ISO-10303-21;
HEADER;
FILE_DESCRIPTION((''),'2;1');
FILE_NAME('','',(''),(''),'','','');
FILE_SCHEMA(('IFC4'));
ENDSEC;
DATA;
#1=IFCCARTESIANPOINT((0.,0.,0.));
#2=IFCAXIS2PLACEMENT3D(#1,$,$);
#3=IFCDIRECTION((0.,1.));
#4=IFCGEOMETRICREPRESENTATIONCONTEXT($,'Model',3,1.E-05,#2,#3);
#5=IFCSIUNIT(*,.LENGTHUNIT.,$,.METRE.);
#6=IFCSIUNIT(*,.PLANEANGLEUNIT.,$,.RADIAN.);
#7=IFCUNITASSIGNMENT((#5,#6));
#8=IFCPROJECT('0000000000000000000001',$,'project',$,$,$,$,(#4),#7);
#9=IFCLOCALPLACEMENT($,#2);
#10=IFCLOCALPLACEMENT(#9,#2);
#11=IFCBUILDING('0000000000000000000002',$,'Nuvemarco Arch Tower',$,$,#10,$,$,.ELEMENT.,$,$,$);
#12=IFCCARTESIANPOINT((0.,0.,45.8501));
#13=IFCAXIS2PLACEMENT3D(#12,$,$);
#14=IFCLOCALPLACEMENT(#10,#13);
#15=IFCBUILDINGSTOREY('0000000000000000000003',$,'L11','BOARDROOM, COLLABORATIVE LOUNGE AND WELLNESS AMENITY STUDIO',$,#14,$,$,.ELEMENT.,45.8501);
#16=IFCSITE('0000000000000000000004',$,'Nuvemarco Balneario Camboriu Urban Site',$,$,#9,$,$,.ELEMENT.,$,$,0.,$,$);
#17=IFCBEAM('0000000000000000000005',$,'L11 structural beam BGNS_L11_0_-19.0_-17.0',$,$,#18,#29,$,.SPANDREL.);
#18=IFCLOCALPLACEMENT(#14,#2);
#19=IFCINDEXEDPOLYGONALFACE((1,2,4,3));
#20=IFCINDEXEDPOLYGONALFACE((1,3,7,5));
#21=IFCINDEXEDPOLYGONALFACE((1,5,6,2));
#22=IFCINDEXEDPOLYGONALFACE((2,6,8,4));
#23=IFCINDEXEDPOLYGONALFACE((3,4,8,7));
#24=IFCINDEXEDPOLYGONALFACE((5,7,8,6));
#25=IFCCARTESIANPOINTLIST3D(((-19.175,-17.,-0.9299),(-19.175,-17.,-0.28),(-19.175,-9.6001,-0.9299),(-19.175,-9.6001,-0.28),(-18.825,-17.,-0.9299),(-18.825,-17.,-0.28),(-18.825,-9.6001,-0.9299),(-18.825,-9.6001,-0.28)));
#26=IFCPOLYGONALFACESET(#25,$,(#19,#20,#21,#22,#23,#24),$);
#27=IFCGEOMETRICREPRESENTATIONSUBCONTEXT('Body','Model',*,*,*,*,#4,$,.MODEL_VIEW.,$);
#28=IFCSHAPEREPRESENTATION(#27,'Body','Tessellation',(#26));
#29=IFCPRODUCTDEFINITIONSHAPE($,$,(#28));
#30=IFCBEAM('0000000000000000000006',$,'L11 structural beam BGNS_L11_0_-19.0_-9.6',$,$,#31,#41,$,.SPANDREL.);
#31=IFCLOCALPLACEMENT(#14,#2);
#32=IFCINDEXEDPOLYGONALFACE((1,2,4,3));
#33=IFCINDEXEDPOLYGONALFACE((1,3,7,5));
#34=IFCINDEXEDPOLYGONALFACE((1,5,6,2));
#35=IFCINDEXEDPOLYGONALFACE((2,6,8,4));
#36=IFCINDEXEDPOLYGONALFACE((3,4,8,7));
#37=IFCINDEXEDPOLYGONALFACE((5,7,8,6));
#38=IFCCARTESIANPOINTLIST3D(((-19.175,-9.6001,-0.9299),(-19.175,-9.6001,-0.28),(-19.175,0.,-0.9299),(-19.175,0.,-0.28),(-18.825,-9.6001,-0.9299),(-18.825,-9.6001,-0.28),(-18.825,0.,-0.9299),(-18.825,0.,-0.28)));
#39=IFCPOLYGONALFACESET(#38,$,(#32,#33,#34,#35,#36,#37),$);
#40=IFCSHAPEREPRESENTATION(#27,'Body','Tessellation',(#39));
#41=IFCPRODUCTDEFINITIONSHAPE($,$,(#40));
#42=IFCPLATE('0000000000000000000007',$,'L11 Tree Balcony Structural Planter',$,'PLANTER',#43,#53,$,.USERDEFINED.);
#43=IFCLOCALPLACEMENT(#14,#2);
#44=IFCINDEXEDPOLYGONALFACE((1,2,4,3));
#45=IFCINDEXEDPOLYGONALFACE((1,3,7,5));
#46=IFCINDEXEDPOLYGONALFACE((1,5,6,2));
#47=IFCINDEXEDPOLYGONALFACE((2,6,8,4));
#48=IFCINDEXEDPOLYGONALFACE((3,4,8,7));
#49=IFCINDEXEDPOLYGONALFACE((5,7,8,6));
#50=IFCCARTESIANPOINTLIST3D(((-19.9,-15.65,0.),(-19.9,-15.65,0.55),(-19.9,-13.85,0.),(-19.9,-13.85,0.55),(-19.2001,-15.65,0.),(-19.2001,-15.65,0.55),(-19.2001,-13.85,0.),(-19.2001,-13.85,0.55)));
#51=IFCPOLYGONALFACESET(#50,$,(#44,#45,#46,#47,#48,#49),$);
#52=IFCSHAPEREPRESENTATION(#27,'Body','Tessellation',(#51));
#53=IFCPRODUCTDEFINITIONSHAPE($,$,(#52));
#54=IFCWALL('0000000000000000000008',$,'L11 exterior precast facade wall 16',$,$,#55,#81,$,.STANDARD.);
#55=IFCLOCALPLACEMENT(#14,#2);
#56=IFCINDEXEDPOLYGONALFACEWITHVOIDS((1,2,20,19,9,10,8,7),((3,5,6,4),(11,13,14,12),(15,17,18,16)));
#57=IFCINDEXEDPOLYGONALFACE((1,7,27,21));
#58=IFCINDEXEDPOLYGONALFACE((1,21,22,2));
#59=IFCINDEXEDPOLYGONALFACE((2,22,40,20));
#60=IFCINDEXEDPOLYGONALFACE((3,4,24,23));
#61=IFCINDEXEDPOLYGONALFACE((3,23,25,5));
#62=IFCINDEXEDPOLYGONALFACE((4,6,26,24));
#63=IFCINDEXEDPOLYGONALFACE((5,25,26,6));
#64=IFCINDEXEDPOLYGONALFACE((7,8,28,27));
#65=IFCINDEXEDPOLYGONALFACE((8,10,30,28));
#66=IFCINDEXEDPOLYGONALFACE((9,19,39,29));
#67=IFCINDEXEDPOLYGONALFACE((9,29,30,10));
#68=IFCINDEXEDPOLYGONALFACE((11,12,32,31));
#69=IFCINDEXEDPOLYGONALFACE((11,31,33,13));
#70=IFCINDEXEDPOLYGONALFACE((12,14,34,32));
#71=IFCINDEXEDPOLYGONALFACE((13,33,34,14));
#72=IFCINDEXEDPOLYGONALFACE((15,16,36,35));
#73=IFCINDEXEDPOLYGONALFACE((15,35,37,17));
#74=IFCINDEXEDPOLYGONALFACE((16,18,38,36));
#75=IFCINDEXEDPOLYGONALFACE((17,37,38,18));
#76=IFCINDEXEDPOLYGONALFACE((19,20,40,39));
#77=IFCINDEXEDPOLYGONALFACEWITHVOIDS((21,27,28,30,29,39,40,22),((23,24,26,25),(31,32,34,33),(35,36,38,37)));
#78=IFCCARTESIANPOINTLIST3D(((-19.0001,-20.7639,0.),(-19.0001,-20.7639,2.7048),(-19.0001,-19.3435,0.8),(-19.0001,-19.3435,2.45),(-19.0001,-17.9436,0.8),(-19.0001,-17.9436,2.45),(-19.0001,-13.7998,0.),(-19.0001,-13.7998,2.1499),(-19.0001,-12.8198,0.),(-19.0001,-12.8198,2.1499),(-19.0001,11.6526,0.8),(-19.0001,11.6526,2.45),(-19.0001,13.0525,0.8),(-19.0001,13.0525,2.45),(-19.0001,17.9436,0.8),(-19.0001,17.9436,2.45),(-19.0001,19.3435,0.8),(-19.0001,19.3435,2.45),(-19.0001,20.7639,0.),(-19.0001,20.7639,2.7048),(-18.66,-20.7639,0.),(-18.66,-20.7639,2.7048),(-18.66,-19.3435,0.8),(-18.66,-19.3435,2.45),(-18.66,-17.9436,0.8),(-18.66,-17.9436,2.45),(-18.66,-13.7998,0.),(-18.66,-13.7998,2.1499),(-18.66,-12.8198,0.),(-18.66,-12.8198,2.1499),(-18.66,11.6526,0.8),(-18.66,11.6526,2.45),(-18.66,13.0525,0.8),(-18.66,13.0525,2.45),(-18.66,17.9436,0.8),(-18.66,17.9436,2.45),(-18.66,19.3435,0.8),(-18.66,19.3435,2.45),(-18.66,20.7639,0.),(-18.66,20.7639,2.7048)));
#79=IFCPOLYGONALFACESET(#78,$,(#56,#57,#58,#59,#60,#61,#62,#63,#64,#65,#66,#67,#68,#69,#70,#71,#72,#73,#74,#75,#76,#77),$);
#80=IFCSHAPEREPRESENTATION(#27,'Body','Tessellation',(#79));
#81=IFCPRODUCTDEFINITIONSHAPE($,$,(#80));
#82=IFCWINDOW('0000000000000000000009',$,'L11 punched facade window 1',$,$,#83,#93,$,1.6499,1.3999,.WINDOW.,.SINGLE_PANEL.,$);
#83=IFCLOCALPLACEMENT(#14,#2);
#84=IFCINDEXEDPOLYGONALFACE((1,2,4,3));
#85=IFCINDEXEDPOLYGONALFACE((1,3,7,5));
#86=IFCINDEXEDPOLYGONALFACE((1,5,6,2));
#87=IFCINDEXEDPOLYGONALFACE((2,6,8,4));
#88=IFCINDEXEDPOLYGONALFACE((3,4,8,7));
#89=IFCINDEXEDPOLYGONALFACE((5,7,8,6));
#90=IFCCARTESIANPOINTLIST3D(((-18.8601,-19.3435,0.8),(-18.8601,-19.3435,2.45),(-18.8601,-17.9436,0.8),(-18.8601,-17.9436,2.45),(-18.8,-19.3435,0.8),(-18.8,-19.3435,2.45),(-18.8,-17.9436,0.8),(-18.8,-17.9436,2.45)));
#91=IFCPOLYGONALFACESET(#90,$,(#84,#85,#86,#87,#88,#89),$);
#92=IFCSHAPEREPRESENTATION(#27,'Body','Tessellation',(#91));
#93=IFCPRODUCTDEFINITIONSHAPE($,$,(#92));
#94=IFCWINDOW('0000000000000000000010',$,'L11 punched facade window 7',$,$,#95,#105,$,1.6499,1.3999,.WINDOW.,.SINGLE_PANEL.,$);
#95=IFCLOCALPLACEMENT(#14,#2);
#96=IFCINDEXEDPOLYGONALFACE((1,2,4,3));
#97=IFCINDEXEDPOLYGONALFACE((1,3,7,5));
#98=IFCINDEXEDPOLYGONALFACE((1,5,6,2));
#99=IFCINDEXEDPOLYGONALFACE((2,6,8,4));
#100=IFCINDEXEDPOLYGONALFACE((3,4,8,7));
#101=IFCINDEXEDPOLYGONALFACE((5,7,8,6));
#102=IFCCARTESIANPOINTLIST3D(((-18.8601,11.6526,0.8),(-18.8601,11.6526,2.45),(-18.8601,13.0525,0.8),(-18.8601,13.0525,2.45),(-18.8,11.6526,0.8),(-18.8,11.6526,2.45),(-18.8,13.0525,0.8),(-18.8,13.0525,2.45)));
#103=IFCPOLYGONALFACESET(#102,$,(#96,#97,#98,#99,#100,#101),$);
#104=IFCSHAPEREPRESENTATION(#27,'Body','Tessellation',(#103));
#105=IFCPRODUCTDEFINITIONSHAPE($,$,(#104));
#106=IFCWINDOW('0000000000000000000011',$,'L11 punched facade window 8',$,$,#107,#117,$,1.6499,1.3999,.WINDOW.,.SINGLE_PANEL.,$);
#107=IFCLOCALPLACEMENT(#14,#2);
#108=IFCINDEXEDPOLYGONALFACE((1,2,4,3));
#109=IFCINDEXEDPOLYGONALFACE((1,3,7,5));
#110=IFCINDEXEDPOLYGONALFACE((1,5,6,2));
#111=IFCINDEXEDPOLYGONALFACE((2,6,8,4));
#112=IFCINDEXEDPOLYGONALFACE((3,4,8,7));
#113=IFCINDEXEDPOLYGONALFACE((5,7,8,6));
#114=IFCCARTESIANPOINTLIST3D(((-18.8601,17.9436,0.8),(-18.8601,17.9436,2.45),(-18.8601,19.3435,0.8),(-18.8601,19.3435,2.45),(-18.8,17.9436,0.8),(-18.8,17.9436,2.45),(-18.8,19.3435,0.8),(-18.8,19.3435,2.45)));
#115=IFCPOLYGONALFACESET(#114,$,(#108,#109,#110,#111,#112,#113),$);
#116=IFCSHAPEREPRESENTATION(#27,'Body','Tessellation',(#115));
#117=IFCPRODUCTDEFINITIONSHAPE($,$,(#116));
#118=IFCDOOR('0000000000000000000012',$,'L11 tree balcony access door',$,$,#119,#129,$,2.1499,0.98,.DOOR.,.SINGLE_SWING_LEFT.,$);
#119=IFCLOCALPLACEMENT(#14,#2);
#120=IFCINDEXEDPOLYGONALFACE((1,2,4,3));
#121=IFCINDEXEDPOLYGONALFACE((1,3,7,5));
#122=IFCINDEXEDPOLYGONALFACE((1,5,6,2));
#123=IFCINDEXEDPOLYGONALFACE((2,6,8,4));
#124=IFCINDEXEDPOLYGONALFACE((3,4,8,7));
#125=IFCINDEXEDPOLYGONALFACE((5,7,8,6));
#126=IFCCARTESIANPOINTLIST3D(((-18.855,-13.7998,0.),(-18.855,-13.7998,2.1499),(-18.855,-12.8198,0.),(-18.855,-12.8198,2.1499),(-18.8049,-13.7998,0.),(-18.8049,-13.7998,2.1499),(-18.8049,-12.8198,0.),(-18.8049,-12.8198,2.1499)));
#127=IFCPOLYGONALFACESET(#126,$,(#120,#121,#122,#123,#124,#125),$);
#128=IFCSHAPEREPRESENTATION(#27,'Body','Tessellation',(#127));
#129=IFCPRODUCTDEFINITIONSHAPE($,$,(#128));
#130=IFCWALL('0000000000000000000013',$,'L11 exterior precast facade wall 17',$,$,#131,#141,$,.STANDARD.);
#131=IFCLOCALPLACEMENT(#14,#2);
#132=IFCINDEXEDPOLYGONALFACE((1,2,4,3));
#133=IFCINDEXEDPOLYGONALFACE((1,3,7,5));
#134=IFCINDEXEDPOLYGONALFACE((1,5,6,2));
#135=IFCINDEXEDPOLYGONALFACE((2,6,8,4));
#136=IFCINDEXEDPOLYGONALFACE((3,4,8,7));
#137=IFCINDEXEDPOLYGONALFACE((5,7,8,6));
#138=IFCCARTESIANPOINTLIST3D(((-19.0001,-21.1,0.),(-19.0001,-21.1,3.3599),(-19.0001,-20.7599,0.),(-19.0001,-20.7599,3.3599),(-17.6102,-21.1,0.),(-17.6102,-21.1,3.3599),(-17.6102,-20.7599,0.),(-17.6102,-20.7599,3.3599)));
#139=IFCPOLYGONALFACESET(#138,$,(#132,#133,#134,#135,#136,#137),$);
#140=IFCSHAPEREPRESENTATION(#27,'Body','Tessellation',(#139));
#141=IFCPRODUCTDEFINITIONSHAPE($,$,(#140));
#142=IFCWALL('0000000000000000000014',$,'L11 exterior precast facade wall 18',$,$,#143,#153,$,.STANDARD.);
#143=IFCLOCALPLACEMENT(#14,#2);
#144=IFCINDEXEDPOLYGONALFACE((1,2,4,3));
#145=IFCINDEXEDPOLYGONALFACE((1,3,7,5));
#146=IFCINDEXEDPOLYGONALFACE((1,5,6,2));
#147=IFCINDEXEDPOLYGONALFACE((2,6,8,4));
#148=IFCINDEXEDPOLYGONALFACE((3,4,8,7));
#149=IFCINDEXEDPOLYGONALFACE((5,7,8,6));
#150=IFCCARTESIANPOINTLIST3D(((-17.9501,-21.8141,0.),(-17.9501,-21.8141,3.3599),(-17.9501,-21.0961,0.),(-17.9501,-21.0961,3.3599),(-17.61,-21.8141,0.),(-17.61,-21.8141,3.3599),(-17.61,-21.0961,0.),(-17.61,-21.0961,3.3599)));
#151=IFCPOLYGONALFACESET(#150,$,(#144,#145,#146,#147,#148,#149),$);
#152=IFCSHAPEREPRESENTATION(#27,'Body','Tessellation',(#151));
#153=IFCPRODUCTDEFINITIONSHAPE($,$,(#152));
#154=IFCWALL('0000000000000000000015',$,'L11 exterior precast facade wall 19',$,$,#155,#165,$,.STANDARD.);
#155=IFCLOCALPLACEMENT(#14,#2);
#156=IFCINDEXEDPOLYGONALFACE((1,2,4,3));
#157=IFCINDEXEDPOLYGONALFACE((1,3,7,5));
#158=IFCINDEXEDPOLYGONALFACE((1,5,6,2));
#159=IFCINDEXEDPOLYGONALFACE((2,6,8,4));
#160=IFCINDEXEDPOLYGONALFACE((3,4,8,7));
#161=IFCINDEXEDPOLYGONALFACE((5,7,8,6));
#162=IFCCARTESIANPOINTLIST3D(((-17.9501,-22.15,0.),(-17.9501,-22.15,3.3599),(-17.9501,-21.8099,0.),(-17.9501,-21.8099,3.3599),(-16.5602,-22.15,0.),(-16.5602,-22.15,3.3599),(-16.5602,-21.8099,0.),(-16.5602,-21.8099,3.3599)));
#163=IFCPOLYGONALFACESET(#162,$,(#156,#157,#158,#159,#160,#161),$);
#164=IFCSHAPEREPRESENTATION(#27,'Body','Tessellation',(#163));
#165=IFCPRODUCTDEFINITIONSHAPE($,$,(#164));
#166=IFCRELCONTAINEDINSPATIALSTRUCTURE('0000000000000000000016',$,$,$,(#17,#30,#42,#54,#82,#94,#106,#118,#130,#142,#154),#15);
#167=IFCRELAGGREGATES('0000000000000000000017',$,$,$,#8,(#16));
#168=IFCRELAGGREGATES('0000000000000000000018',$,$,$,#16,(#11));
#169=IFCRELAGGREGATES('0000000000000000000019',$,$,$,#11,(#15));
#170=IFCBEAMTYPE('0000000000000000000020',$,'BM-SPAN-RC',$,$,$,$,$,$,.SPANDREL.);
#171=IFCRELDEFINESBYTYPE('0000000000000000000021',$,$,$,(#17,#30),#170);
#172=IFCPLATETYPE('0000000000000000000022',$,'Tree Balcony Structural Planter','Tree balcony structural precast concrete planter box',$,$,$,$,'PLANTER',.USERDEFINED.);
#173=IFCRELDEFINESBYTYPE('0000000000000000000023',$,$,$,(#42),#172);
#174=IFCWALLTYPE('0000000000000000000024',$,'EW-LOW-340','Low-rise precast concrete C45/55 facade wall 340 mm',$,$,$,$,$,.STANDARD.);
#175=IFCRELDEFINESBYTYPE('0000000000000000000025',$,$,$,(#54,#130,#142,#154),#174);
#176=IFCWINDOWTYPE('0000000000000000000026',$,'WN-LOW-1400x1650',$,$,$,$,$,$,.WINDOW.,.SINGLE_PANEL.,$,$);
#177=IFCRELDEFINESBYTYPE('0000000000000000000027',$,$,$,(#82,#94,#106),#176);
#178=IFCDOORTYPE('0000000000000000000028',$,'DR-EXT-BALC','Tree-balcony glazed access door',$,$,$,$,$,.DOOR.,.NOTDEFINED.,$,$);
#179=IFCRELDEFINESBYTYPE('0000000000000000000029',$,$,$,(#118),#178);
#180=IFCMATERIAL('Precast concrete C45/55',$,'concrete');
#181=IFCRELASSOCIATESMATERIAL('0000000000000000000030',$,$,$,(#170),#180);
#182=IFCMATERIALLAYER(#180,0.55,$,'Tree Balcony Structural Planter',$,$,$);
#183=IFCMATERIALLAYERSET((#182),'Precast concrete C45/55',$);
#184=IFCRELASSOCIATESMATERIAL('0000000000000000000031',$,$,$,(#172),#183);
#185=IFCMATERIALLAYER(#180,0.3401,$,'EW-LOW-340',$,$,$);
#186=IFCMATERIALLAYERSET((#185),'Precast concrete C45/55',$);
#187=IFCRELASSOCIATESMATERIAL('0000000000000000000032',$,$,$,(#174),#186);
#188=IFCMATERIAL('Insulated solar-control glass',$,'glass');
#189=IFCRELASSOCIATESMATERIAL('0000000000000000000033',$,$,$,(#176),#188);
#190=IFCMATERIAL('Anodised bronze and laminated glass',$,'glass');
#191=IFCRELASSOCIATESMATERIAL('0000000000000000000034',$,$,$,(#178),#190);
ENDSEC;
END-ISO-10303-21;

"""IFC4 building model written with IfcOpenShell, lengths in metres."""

from ifc_helpers import new_model, si_unit, direction, frame, frame_2d, origin, origin_2d, place, context, subcontext, project, spatial, rectangle, extrude, source, transform, mapped, material, layer, layer_set, material_profile, profile_set, type_object, type_shapes, element, fill, save


model = new_model("IFC4")

# Units and contexts
model_context = context("Model", 3, precision=1e-05, world=origin(), true_north=direction((0.0, 1.0)))
body_context = subcontext(model_context, "Body", "Model", "MODEL_VIEW")
ifc_project = project(units=[si_unit("LENGTHUNIT", "METRE"), si_unit("PLANEANGLEUNIT", "RADIAN")], contexts=[model_context])

# Site, building, storey
site_placement = place(None, origin())
site = spatial("IfcSite", under=ifc_project, at=site_placement, Name="Nuvemarco Balneario Camboriu Urban Site", CompositionType="ELEMENT", RefElevation=0.0)
building_placement = place(site_placement, origin())
building = spatial("IfcBuilding", under=site, at=building_placement, Name="Nuvemarco Arch Tower", CompositionType="ELEMENT")
storey_placement = place(building_placement, frame((0.0, 0.0, 45.8501)))
storey = spatial("IfcBuildingStorey", under=building, at=storey_placement, Name="L11", Description="BOARDROOM, COLLABORATIVE LOUNGE AND WELLNESS AMENITY STUDIO", CompositionType="ELEMENT", Elevation=45.8501)

# Beams
ifc_material_1 = material(Name="Precast concrete C45/55", Category="concrete")
ifc_material_profile_1 = material_profile(ifc_material_1, rectangle(XDim=0.3501, YDim=0.6499, at=origin_2d()), Name="PC-SP-350x650")
ifc_profile_set_1 = profile_set([ifc_material_profile_1], Name="Precast concrete C45/55")
beam_type_1 = type_object("IfcBeamType", Name="BM-SPAN-RC", PredefinedType="SPANDREL", material=ifc_profile_set_1)
beam_1_placement = place(storey_placement, frame((-19.0, -17.0, -0.605), z_axis=(0.0, 1.0, 0.0), x_axis=(-1.0, 0.0, 0.0)))
element("IfcBeam", 1, at=beam_1_placement, inside=storey, type_object=beam_type_1, Name="L11 structural beam BGNS_L11_0_-19.0_-17.0", PredefinedType="SPANDREL", context=body_context, shape_type="SweptSolid", body=[
    extrude(rectangle(XDim=0.3501, YDim=0.6499, at=origin_2d()), origin(), (0.0, 0.0, 1.0), 7.3999),
])
beam_2_placement = place(storey_placement, frame((-19.0, -9.6001, -0.605), z_axis=(0.0, 1.0, 0.0), x_axis=(-1.0, 0.0, 0.0)))
element("IfcBeam", 2, at=beam_2_placement, inside=storey, type_object=beam_type_1, Name="L11 structural beam BGNS_L11_0_-19.0_-9.6", PredefinedType="SPANDREL", context=body_context, shape_type="SweptSolid", body=[
    extrude(rectangle(XDim=0.3501, YDim=0.6499, at=origin_2d()), origin(), (0.0, 0.0, 1.0), 9.6001),
])

# Plate
ifc_layer_1 = layer(ifc_material_1, 0.55, Name="Tree Balcony Structural Planter")
ifc_layer_set_1 = layer_set([ifc_layer_1], Name="Precast concrete C45/55")
plate_type = type_object("IfcPlateType", Name="Tree Balcony Structural Planter", Description="Tree balcony structural precast concrete planter box", ElementType="PLANTER", PredefinedType="USERDEFINED", material=ifc_layer_set_1)
shared_shape_1 = source(origin(), body_context, "Body", "SweptSolid", [
    extrude(rectangle(XDim=1.8, YDim=0.7, at=origin_2d()), origin(), (0.0, 0.0, 1.0), 0.55),
])
type_shapes(plate_type, [shared_shape_1])
plate_placement = place(storey_placement, frame((-19.55, -14.75, 0.0), z_axis=(0.0, 0.0, 1.0), x_axis=(0.0, 1.0, 0.0)))
element("IfcPlate", 3, at=plate_placement, inside=storey, type_object=plate_type, Name="L11 Tree Balcony Structural Planter", ObjectType="PLANTER", PredefinedType="USERDEFINED", context=body_context, shape_type="MappedRepresentation", body=[
    mapped(shared_shape_1, transform((0.0, 0.0, 0.0), scale=1.0)),
])

# Wall, openings, windows, door
ifc_layer_2 = layer(ifc_material_1, 0.3401, Name="EW-LOW-340")
ifc_layer_set_2 = layer_set([ifc_layer_2], Name="Precast concrete C45/55")
wall_type = type_object("IfcWallType", Name="EW-LOW-340", Description="Low-rise precast concrete C45/55 facade wall 340 mm", PredefinedType="STANDARD", material=ifc_layer_set_2)
wall_1_placement = place(storey_placement, frame((-18.8301, -20.7639, 0.0), z_axis=(0.0, 0.0, 1.0), x_axis=(0.0, 1.0, 0.0)))
wall_1 = element("IfcWall", 4, at=wall_1_placement, inside=storey, type_object=wall_type, Name="L11 exterior precast facade wall 16", PredefinedType="STANDARD", context=body_context, shape_type="SweptSolid", body=[
    extrude(rectangle(XDim=41.5278, YDim=0.3401, at=frame_2d((20.7639, 0.0))), origin(), (0.0, 0.0, 1.0), 2.7048),
])
opening_1_placement = place(wall_1_placement, frame((6.9641, 0.0, 0.0)))
opening_1 = element("IfcOpeningElement", 5, at=opening_1_placement, cuts=wall_1, PredefinedType="OPENING", context=body_context, shape_type="SweptSolid", body=[
    extrude(rectangle(XDim=0.98, YDim=2.1499, at=frame_2d((0.49, 1.075))), frame((0.0, 0.1799, 0.0), z_axis=(0.0, -1.0, 0.0), x_axis=(1.0, 0.0, 0.0)), (0.0, 0.0, 1.0), 0.3601),
])
opening_2_placement = place(wall_1_placement, frame((1.4204, 0.0, 0.8)))
opening_2 = element("IfcOpeningElement", 6, at=opening_2_placement, cuts=wall_1, PredefinedType="OPENING", context=body_context, shape_type="SweptSolid", body=[
    extrude(rectangle(XDim=1.3999, YDim=1.6499, at=frame_2d((0.7, 0.825))), frame((0.0, 0.1799, 0.0), z_axis=(0.0, -1.0, 0.0), x_axis=(1.0, 0.0, 0.0)), (0.0, 0.0, 1.0), 0.3601),
])
opening_3_placement = place(wall_1_placement, frame((32.4165, 0.0, 0.8)))
opening_3 = element("IfcOpeningElement", 7, at=opening_3_placement, cuts=wall_1, PredefinedType="OPENING", context=body_context, shape_type="SweptSolid", body=[
    extrude(rectangle(XDim=1.3999, YDim=1.6499, at=frame_2d((0.7, 0.825))), frame((0.0, 0.1799, 0.0), z_axis=(0.0, -1.0, 0.0), x_axis=(1.0, 0.0, 0.0)), (0.0, 0.0, 1.0), 0.3601),
])
opening_4_placement = place(wall_1_placement, frame((38.7075, 0.0, 0.8)))
opening_4 = element("IfcOpeningElement", 8, at=opening_4_placement, cuts=wall_1, PredefinedType="OPENING", context=body_context, shape_type="SweptSolid", body=[
    extrude(rectangle(XDim=1.3999, YDim=1.6499, at=frame_2d((0.7, 0.825))), frame((0.0, 0.1799, 0.0), z_axis=(0.0, -1.0, 0.0), x_axis=(1.0, 0.0, 0.0)), (0.0, 0.0, 1.0), 0.3601),
])
ifc_material_2 = material(Name="Insulated solar-control glass", Category="glass")
window_type = type_object("IfcWindowType", Name="WN-LOW-1400x1650", PartitioningType="SINGLE_PANEL", PredefinedType="WINDOW", material=ifc_material_2)
shared_shape_2 = source(origin(), body_context, "Body", "SweptSolid", [
    extrude(rectangle(XDim=1.3999, YDim=1.6499, at=frame_2d((0.7, 0.825))), frame((0.0, 0.03, 0.0), z_axis=(0.0, -1.0, 0.0), x_axis=(1.0, 0.0, 0.0)), (0.0, 0.0, 1.0), 0.0601),
])
type_shapes(window_type, [shared_shape_2])
window_1_placement = place(opening_2_placement, origin())
window_1 = element("IfcWindow", 9, at=window_1_placement, inside=storey, type_object=window_type, Name="L11 punched facade window 1", OverallHeight=1.6499, OverallWidth=1.3999, PartitioningType="SINGLE_PANEL", PredefinedType="WINDOW", context=body_context, shape_type="MappedRepresentation", body=[
    mapped(shared_shape_2, transform((0.0, 0.0, 0.0), scale=1.0)),
])
fill(opening_2, window_1)
window_2_placement = place(opening_3_placement, origin())
window_2 = element("IfcWindow", 10, at=window_2_placement, inside=storey, type_object=window_type, Name="L11 punched facade window 7", OverallHeight=1.6499, OverallWidth=1.3999, PartitioningType="SINGLE_PANEL", PredefinedType="WINDOW", context=body_context, shape_type="MappedRepresentation", body=[
    mapped(shared_shape_2, transform((0.0, 0.0, 0.0), scale=1.0)),
])
fill(opening_3, window_2)
window_3_placement = place(opening_4_placement, origin())
window_3 = element("IfcWindow", 11, at=window_3_placement, inside=storey, type_object=window_type, Name="L11 punched facade window 8", OverallHeight=1.6499, OverallWidth=1.3999, PartitioningType="SINGLE_PANEL", PredefinedType="WINDOW", context=body_context, shape_type="MappedRepresentation", body=[
    mapped(shared_shape_2, transform((0.0, 0.0, 0.0), scale=1.0)),
])
fill(opening_4, window_3)
ifc_material_3 = material(Name="Anodised bronze and laminated glass", Category="glass")
door_type = type_object("IfcDoorType", Name="DR-EXT-BALC", Description="Tree-balcony glazed access door", OperationType="NOTDEFINED", PredefinedType="DOOR", material=ifc_material_3)
shared_shape_3 = source(origin(), body_context, "Body", "SweptSolid", [
    extrude(rectangle(XDim=0.98, YDim=2.1499, at=frame_2d((0.49, 1.075))), frame((0.0, 0.0249, 0.0), z_axis=(0.0, -1.0, 0.0), x_axis=(1.0, 0.0, 0.0)), (0.0, 0.0, 1.0), 0.05),
])
type_shapes(door_type, [shared_shape_3])
door_placement = place(opening_1_placement, origin())
door = element("IfcDoor", 12, at=door_placement, inside=storey, type_object=door_type, Name="L11 tree balcony access door", OperationType="SINGLE_SWING_LEFT", OverallHeight=2.1499, OverallWidth=0.98, PredefinedType="DOOR", context=body_context, shape_type="MappedRepresentation", body=[
    mapped(shared_shape_3, transform((0.0, 0.0, 0.0), scale=1.0)),
])
fill(opening_1, door)

# Walls
wall_2_placement = place(storey_placement, frame((-19.0, -20.9299, 0.0), z_axis=(0.0, 0.0, 1.0), x_axis=(1.0, 0.0, 0.0)))
element("IfcWall", 13, at=wall_2_placement, inside=storey, type_object=wall_type, Name="L11 exterior precast facade wall 17", PredefinedType="STANDARD", context=body_context, shape_type="SweptSolid", body=[
    extrude(rectangle(XDim=1.3899, YDim=0.3401, at=frame_2d((0.6948, 0.0))), origin(), (0.0, 0.0, 1.0), 3.3599),
])
wall_3_placement = place(storey_placement, frame((-17.78, -21.814, 0.0), z_axis=(0.0, 0.0, 1.0), x_axis=(0.0, 1.0, 0.0)))
element("IfcWall", 14, at=wall_3_placement, inside=storey, type_object=wall_type, Name="L11 exterior precast facade wall 18", PredefinedType="STANDARD", context=body_context, shape_type="SweptSolid", body=[
    extrude(rectangle(XDim=0.718, YDim=0.3401, at=frame_2d((0.3589, 0.0))), origin(), (0.0, 0.0, 1.0), 3.3599),
])
wall_4_placement = place(storey_placement, frame((-17.95, -21.98, 0.0), z_axis=(0.0, 0.0, 1.0), x_axis=(1.0, 0.0, 0.0)))
element("IfcWall", 15, at=wall_4_placement, inside=storey, type_object=wall_type, Name="L11 exterior precast facade wall 19", PredefinedType="STANDARD", context=body_context, shape_type="SweptSolid", body=[
    extrude(rectangle(XDim=1.3899, YDim=0.3401, at=frame_2d((0.6948, 0.0))), origin(), (0.0, 0.0, 1.0), 3.3599),
])

save(model, "model.ifc")
